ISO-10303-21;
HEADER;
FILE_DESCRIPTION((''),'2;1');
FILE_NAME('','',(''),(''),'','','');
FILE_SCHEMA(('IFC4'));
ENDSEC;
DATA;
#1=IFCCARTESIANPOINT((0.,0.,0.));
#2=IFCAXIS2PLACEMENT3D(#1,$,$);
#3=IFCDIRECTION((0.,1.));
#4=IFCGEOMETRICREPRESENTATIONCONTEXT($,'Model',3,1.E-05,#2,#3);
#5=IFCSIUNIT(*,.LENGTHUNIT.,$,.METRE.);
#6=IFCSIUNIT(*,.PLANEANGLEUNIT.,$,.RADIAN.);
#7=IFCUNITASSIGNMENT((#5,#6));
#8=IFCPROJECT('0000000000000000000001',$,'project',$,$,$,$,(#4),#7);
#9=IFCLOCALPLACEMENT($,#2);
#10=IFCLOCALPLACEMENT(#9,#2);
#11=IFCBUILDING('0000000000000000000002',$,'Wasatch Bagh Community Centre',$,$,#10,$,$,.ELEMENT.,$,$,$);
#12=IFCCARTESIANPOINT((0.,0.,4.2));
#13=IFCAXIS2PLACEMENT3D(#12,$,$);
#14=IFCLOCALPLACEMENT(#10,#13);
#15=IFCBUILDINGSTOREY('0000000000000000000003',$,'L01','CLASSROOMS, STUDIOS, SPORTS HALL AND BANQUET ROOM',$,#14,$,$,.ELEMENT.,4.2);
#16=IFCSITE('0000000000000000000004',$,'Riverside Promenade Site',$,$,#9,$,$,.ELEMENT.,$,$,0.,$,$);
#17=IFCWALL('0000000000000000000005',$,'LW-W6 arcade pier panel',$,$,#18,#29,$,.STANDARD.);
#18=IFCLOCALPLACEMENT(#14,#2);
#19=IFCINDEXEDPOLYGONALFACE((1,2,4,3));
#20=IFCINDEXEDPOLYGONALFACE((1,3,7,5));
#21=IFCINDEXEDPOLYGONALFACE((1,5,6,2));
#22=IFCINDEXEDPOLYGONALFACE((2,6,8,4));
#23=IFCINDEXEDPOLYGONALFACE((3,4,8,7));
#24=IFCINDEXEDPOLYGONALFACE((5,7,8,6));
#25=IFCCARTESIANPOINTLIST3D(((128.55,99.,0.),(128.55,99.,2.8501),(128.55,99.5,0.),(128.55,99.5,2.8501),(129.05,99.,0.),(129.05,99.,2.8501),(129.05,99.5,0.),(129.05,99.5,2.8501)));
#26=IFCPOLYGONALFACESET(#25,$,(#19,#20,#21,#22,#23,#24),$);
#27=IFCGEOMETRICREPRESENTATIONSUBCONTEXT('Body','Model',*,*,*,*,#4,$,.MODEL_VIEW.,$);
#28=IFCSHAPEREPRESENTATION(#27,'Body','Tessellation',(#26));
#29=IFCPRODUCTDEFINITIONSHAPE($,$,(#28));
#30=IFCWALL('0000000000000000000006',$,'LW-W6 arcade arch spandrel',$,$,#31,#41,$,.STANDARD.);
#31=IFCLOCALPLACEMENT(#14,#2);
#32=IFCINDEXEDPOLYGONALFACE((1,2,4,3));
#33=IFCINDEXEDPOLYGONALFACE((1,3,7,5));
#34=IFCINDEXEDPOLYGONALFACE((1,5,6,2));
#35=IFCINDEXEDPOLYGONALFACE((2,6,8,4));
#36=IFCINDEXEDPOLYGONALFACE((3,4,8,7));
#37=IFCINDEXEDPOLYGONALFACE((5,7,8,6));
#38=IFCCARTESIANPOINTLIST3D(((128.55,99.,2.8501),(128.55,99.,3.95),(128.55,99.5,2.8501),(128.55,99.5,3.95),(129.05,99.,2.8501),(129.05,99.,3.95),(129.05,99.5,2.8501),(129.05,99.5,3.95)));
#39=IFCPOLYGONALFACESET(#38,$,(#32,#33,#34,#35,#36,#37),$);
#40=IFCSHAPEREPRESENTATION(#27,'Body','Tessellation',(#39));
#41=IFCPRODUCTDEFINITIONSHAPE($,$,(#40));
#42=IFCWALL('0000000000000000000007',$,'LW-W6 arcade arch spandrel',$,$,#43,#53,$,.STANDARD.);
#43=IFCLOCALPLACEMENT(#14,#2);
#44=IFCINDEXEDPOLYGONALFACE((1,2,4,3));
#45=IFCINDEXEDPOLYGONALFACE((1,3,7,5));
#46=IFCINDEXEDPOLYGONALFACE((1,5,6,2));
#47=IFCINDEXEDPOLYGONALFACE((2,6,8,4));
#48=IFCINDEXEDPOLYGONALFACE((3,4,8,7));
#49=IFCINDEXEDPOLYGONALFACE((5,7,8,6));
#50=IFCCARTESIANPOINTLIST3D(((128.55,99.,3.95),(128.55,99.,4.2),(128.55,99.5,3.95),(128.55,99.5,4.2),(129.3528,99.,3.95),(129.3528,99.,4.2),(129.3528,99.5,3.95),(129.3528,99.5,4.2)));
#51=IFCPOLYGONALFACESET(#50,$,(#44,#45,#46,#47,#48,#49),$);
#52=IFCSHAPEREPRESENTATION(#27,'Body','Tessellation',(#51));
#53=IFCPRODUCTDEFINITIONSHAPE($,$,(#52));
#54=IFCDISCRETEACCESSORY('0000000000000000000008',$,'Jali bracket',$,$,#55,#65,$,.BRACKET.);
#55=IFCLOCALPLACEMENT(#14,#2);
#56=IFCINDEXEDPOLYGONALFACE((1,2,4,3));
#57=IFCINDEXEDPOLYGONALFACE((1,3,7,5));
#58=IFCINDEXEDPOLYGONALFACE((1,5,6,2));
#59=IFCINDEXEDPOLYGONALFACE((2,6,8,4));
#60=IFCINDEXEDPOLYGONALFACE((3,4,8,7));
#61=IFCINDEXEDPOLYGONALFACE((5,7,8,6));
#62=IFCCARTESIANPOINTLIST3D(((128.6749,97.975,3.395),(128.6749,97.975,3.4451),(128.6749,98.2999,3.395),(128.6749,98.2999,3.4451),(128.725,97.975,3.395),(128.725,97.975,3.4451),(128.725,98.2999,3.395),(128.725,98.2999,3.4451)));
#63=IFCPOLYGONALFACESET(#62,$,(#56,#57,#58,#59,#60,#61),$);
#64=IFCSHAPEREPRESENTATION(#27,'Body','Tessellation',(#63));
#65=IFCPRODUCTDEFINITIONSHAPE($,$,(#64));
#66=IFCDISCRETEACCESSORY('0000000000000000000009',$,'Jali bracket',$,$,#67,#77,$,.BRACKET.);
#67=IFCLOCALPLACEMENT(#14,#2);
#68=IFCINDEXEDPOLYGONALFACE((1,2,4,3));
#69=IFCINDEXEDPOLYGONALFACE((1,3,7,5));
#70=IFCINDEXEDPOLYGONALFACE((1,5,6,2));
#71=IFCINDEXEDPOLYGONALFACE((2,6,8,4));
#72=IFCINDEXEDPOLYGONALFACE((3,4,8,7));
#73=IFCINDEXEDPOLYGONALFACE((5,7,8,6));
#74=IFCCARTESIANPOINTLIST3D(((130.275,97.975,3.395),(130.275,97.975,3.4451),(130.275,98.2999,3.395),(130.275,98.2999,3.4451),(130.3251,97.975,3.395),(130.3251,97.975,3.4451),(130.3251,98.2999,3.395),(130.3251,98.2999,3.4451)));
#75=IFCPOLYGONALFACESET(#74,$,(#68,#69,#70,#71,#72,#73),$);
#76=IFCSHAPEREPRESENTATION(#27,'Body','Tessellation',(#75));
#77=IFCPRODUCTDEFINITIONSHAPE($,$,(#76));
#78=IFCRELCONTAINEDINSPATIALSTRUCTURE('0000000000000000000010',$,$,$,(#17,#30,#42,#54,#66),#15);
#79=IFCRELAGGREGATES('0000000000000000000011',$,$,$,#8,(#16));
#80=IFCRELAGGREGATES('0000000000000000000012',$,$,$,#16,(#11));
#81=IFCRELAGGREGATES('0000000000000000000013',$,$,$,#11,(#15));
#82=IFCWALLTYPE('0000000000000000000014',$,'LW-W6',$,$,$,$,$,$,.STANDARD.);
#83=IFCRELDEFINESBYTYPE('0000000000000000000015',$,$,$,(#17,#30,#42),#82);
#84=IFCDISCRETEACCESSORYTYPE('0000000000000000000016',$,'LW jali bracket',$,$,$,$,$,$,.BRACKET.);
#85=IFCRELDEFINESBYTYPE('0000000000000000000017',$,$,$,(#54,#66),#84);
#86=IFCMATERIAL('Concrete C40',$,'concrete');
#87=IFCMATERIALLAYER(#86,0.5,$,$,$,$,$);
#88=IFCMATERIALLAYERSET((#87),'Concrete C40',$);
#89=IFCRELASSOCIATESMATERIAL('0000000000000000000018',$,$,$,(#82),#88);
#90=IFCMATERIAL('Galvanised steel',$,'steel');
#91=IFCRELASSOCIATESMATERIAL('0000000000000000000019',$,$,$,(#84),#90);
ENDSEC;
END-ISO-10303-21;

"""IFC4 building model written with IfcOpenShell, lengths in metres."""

from ifc_helpers import new_model, si_unit, direction, frame, frame_2d, origin, origin_2d, place, context, subcontext, project, spatial, rectangle, extrude, material, layer, layer_set, type_object, element, save


model = new_model("IFC4")

# Units and contexts
model_context = context("Model", 3, precision=1e-05, world=origin(), true_north=direction((0.0, 1.0)))
body_context = subcontext(model_context, "Body", "Model", "MODEL_VIEW")
ifc_project = project(units=[si_unit("LENGTHUNIT", "METRE"), si_unit("PLANEANGLEUNIT", "RADIAN")], contexts=[model_context])

# Site, building, storey
site_placement = place(None, origin())
site = spatial("IfcSite", under=ifc_project, at=site_placement, Name="Riverside Promenade Site", CompositionType="ELEMENT", RefElevation=0.0)
building_placement = place(site_placement, origin())
building = spatial("IfcBuilding", under=site, at=building_placement, Name="Wasatch Bagh Community Centre", CompositionType="ELEMENT")
storey_placement = place(building_placement, frame((0.0, 0.0, 4.2)))
storey = spatial("IfcBuildingStorey", under=building, at=storey_placement, Name="L01", Description="CLASSROOMS, STUDIOS, SPORTS HALL AND BANQUET ROOM", CompositionType="ELEMENT", Elevation=4.2)

# Shared definitions
ifc_material_1 = material(Name="Concrete C40", Category="concrete")

# Walls
ifc_layer_1 = layer(ifc_material_1, 0.5)
ifc_layer_set_1 = layer_set([ifc_layer_1], Name="Concrete C40")
wall_type_1 = type_object("IfcWallType", Name="LW-W6", PredefinedType="STANDARD", material=ifc_layer_set_1)
wall_1_placement = place(storey_placement, frame((128.55, 99.25, 0.0), z_axis=(0.0, 0.0, 1.0), x_axis=(1.0, 0.0, 0.0)))
element("IfcWall", 1, at=wall_1_placement, inside=storey, type_object=wall_type_1, Name="LW-W6 arcade pier panel", PredefinedType="STANDARD", context=body_context, shape_type="SweptSolid", body=[
    extrude(rectangle(XDim=0.5, YDim=0.5, at=frame_2d((0.25, 0.0))), origin(), (0.0, 0.0, 1.0), 2.8501),
])
wall_2_placement = place(storey_placement, frame((128.55, 99.25, 2.8501), z_axis=(0.0, 0.0, 1.0), x_axis=(1.0, 0.0, 0.0)))
element("IfcWall", 2, at=wall_2_placement, inside=storey, type_object=wall_type_1, Name="LW-W6 arcade arch spandrel", PredefinedType="STANDARD", context=body_context, shape_type="SweptSolid", body=[
    extrude(rectangle(XDim=0.5, YDim=0.5, at=frame_2d((0.25, 0.0))), origin(), (0.0, 0.0, 1.0), 1.0999),
])
wall_3_placement = place(storey_placement, frame((128.55, 99.25, 3.95), z_axis=(0.0, 0.0, 1.0), x_axis=(1.0, 0.0, 0.0)))
element("IfcWall", 3, at=wall_3_placement, inside=storey, type_object=wall_type_1, Name="LW-W6 arcade arch spandrel", PredefinedType="STANDARD", context=body_context, shape_type="SweptSolid", body=[
    extrude(rectangle(XDim=0.8027, YDim=0.5, at=frame_2d((0.4014, 0.0))), origin(), (0.0, 0.0, 1.0), 0.25),
])

# Discrete accessories
ifc_material_2 = material(Name="Galvanised steel", Category="steel")
discrete_accessory_type = type_object("IfcDiscreteAccessoryType", Name="LW jali bracket", PredefinedType="BRACKET", material=ifc_material_2)
for number, where, z_axis, x_axis, name in (
    (4, (128.7, 98.1375, 3.395), (0.0, 0.0, 1.0), (1.0, 0.0, 0.0), "Jali bracket"),
    (5, (130.3, 98.1375, 3.395), (0.0, 0.0, 1.0), (1.0, 0.0, 0.0), "Jali bracket"),
):
    element("IfcDiscreteAccessory", number, at=place(storey_placement, frame(where, z_axis=z_axis, x_axis=x_axis)), inside=storey, type_object=discrete_accessory_type, Name=name, PredefinedType="BRACKET", context=body_context, shape_type="SweptSolid", body=[
        extrude(rectangle(XDim=0.05, YDim=0.325, at=origin_2d()), origin(), (0.0, 0.0, 1.0), 0.05),
    ])

save(model, "model.ifc")
